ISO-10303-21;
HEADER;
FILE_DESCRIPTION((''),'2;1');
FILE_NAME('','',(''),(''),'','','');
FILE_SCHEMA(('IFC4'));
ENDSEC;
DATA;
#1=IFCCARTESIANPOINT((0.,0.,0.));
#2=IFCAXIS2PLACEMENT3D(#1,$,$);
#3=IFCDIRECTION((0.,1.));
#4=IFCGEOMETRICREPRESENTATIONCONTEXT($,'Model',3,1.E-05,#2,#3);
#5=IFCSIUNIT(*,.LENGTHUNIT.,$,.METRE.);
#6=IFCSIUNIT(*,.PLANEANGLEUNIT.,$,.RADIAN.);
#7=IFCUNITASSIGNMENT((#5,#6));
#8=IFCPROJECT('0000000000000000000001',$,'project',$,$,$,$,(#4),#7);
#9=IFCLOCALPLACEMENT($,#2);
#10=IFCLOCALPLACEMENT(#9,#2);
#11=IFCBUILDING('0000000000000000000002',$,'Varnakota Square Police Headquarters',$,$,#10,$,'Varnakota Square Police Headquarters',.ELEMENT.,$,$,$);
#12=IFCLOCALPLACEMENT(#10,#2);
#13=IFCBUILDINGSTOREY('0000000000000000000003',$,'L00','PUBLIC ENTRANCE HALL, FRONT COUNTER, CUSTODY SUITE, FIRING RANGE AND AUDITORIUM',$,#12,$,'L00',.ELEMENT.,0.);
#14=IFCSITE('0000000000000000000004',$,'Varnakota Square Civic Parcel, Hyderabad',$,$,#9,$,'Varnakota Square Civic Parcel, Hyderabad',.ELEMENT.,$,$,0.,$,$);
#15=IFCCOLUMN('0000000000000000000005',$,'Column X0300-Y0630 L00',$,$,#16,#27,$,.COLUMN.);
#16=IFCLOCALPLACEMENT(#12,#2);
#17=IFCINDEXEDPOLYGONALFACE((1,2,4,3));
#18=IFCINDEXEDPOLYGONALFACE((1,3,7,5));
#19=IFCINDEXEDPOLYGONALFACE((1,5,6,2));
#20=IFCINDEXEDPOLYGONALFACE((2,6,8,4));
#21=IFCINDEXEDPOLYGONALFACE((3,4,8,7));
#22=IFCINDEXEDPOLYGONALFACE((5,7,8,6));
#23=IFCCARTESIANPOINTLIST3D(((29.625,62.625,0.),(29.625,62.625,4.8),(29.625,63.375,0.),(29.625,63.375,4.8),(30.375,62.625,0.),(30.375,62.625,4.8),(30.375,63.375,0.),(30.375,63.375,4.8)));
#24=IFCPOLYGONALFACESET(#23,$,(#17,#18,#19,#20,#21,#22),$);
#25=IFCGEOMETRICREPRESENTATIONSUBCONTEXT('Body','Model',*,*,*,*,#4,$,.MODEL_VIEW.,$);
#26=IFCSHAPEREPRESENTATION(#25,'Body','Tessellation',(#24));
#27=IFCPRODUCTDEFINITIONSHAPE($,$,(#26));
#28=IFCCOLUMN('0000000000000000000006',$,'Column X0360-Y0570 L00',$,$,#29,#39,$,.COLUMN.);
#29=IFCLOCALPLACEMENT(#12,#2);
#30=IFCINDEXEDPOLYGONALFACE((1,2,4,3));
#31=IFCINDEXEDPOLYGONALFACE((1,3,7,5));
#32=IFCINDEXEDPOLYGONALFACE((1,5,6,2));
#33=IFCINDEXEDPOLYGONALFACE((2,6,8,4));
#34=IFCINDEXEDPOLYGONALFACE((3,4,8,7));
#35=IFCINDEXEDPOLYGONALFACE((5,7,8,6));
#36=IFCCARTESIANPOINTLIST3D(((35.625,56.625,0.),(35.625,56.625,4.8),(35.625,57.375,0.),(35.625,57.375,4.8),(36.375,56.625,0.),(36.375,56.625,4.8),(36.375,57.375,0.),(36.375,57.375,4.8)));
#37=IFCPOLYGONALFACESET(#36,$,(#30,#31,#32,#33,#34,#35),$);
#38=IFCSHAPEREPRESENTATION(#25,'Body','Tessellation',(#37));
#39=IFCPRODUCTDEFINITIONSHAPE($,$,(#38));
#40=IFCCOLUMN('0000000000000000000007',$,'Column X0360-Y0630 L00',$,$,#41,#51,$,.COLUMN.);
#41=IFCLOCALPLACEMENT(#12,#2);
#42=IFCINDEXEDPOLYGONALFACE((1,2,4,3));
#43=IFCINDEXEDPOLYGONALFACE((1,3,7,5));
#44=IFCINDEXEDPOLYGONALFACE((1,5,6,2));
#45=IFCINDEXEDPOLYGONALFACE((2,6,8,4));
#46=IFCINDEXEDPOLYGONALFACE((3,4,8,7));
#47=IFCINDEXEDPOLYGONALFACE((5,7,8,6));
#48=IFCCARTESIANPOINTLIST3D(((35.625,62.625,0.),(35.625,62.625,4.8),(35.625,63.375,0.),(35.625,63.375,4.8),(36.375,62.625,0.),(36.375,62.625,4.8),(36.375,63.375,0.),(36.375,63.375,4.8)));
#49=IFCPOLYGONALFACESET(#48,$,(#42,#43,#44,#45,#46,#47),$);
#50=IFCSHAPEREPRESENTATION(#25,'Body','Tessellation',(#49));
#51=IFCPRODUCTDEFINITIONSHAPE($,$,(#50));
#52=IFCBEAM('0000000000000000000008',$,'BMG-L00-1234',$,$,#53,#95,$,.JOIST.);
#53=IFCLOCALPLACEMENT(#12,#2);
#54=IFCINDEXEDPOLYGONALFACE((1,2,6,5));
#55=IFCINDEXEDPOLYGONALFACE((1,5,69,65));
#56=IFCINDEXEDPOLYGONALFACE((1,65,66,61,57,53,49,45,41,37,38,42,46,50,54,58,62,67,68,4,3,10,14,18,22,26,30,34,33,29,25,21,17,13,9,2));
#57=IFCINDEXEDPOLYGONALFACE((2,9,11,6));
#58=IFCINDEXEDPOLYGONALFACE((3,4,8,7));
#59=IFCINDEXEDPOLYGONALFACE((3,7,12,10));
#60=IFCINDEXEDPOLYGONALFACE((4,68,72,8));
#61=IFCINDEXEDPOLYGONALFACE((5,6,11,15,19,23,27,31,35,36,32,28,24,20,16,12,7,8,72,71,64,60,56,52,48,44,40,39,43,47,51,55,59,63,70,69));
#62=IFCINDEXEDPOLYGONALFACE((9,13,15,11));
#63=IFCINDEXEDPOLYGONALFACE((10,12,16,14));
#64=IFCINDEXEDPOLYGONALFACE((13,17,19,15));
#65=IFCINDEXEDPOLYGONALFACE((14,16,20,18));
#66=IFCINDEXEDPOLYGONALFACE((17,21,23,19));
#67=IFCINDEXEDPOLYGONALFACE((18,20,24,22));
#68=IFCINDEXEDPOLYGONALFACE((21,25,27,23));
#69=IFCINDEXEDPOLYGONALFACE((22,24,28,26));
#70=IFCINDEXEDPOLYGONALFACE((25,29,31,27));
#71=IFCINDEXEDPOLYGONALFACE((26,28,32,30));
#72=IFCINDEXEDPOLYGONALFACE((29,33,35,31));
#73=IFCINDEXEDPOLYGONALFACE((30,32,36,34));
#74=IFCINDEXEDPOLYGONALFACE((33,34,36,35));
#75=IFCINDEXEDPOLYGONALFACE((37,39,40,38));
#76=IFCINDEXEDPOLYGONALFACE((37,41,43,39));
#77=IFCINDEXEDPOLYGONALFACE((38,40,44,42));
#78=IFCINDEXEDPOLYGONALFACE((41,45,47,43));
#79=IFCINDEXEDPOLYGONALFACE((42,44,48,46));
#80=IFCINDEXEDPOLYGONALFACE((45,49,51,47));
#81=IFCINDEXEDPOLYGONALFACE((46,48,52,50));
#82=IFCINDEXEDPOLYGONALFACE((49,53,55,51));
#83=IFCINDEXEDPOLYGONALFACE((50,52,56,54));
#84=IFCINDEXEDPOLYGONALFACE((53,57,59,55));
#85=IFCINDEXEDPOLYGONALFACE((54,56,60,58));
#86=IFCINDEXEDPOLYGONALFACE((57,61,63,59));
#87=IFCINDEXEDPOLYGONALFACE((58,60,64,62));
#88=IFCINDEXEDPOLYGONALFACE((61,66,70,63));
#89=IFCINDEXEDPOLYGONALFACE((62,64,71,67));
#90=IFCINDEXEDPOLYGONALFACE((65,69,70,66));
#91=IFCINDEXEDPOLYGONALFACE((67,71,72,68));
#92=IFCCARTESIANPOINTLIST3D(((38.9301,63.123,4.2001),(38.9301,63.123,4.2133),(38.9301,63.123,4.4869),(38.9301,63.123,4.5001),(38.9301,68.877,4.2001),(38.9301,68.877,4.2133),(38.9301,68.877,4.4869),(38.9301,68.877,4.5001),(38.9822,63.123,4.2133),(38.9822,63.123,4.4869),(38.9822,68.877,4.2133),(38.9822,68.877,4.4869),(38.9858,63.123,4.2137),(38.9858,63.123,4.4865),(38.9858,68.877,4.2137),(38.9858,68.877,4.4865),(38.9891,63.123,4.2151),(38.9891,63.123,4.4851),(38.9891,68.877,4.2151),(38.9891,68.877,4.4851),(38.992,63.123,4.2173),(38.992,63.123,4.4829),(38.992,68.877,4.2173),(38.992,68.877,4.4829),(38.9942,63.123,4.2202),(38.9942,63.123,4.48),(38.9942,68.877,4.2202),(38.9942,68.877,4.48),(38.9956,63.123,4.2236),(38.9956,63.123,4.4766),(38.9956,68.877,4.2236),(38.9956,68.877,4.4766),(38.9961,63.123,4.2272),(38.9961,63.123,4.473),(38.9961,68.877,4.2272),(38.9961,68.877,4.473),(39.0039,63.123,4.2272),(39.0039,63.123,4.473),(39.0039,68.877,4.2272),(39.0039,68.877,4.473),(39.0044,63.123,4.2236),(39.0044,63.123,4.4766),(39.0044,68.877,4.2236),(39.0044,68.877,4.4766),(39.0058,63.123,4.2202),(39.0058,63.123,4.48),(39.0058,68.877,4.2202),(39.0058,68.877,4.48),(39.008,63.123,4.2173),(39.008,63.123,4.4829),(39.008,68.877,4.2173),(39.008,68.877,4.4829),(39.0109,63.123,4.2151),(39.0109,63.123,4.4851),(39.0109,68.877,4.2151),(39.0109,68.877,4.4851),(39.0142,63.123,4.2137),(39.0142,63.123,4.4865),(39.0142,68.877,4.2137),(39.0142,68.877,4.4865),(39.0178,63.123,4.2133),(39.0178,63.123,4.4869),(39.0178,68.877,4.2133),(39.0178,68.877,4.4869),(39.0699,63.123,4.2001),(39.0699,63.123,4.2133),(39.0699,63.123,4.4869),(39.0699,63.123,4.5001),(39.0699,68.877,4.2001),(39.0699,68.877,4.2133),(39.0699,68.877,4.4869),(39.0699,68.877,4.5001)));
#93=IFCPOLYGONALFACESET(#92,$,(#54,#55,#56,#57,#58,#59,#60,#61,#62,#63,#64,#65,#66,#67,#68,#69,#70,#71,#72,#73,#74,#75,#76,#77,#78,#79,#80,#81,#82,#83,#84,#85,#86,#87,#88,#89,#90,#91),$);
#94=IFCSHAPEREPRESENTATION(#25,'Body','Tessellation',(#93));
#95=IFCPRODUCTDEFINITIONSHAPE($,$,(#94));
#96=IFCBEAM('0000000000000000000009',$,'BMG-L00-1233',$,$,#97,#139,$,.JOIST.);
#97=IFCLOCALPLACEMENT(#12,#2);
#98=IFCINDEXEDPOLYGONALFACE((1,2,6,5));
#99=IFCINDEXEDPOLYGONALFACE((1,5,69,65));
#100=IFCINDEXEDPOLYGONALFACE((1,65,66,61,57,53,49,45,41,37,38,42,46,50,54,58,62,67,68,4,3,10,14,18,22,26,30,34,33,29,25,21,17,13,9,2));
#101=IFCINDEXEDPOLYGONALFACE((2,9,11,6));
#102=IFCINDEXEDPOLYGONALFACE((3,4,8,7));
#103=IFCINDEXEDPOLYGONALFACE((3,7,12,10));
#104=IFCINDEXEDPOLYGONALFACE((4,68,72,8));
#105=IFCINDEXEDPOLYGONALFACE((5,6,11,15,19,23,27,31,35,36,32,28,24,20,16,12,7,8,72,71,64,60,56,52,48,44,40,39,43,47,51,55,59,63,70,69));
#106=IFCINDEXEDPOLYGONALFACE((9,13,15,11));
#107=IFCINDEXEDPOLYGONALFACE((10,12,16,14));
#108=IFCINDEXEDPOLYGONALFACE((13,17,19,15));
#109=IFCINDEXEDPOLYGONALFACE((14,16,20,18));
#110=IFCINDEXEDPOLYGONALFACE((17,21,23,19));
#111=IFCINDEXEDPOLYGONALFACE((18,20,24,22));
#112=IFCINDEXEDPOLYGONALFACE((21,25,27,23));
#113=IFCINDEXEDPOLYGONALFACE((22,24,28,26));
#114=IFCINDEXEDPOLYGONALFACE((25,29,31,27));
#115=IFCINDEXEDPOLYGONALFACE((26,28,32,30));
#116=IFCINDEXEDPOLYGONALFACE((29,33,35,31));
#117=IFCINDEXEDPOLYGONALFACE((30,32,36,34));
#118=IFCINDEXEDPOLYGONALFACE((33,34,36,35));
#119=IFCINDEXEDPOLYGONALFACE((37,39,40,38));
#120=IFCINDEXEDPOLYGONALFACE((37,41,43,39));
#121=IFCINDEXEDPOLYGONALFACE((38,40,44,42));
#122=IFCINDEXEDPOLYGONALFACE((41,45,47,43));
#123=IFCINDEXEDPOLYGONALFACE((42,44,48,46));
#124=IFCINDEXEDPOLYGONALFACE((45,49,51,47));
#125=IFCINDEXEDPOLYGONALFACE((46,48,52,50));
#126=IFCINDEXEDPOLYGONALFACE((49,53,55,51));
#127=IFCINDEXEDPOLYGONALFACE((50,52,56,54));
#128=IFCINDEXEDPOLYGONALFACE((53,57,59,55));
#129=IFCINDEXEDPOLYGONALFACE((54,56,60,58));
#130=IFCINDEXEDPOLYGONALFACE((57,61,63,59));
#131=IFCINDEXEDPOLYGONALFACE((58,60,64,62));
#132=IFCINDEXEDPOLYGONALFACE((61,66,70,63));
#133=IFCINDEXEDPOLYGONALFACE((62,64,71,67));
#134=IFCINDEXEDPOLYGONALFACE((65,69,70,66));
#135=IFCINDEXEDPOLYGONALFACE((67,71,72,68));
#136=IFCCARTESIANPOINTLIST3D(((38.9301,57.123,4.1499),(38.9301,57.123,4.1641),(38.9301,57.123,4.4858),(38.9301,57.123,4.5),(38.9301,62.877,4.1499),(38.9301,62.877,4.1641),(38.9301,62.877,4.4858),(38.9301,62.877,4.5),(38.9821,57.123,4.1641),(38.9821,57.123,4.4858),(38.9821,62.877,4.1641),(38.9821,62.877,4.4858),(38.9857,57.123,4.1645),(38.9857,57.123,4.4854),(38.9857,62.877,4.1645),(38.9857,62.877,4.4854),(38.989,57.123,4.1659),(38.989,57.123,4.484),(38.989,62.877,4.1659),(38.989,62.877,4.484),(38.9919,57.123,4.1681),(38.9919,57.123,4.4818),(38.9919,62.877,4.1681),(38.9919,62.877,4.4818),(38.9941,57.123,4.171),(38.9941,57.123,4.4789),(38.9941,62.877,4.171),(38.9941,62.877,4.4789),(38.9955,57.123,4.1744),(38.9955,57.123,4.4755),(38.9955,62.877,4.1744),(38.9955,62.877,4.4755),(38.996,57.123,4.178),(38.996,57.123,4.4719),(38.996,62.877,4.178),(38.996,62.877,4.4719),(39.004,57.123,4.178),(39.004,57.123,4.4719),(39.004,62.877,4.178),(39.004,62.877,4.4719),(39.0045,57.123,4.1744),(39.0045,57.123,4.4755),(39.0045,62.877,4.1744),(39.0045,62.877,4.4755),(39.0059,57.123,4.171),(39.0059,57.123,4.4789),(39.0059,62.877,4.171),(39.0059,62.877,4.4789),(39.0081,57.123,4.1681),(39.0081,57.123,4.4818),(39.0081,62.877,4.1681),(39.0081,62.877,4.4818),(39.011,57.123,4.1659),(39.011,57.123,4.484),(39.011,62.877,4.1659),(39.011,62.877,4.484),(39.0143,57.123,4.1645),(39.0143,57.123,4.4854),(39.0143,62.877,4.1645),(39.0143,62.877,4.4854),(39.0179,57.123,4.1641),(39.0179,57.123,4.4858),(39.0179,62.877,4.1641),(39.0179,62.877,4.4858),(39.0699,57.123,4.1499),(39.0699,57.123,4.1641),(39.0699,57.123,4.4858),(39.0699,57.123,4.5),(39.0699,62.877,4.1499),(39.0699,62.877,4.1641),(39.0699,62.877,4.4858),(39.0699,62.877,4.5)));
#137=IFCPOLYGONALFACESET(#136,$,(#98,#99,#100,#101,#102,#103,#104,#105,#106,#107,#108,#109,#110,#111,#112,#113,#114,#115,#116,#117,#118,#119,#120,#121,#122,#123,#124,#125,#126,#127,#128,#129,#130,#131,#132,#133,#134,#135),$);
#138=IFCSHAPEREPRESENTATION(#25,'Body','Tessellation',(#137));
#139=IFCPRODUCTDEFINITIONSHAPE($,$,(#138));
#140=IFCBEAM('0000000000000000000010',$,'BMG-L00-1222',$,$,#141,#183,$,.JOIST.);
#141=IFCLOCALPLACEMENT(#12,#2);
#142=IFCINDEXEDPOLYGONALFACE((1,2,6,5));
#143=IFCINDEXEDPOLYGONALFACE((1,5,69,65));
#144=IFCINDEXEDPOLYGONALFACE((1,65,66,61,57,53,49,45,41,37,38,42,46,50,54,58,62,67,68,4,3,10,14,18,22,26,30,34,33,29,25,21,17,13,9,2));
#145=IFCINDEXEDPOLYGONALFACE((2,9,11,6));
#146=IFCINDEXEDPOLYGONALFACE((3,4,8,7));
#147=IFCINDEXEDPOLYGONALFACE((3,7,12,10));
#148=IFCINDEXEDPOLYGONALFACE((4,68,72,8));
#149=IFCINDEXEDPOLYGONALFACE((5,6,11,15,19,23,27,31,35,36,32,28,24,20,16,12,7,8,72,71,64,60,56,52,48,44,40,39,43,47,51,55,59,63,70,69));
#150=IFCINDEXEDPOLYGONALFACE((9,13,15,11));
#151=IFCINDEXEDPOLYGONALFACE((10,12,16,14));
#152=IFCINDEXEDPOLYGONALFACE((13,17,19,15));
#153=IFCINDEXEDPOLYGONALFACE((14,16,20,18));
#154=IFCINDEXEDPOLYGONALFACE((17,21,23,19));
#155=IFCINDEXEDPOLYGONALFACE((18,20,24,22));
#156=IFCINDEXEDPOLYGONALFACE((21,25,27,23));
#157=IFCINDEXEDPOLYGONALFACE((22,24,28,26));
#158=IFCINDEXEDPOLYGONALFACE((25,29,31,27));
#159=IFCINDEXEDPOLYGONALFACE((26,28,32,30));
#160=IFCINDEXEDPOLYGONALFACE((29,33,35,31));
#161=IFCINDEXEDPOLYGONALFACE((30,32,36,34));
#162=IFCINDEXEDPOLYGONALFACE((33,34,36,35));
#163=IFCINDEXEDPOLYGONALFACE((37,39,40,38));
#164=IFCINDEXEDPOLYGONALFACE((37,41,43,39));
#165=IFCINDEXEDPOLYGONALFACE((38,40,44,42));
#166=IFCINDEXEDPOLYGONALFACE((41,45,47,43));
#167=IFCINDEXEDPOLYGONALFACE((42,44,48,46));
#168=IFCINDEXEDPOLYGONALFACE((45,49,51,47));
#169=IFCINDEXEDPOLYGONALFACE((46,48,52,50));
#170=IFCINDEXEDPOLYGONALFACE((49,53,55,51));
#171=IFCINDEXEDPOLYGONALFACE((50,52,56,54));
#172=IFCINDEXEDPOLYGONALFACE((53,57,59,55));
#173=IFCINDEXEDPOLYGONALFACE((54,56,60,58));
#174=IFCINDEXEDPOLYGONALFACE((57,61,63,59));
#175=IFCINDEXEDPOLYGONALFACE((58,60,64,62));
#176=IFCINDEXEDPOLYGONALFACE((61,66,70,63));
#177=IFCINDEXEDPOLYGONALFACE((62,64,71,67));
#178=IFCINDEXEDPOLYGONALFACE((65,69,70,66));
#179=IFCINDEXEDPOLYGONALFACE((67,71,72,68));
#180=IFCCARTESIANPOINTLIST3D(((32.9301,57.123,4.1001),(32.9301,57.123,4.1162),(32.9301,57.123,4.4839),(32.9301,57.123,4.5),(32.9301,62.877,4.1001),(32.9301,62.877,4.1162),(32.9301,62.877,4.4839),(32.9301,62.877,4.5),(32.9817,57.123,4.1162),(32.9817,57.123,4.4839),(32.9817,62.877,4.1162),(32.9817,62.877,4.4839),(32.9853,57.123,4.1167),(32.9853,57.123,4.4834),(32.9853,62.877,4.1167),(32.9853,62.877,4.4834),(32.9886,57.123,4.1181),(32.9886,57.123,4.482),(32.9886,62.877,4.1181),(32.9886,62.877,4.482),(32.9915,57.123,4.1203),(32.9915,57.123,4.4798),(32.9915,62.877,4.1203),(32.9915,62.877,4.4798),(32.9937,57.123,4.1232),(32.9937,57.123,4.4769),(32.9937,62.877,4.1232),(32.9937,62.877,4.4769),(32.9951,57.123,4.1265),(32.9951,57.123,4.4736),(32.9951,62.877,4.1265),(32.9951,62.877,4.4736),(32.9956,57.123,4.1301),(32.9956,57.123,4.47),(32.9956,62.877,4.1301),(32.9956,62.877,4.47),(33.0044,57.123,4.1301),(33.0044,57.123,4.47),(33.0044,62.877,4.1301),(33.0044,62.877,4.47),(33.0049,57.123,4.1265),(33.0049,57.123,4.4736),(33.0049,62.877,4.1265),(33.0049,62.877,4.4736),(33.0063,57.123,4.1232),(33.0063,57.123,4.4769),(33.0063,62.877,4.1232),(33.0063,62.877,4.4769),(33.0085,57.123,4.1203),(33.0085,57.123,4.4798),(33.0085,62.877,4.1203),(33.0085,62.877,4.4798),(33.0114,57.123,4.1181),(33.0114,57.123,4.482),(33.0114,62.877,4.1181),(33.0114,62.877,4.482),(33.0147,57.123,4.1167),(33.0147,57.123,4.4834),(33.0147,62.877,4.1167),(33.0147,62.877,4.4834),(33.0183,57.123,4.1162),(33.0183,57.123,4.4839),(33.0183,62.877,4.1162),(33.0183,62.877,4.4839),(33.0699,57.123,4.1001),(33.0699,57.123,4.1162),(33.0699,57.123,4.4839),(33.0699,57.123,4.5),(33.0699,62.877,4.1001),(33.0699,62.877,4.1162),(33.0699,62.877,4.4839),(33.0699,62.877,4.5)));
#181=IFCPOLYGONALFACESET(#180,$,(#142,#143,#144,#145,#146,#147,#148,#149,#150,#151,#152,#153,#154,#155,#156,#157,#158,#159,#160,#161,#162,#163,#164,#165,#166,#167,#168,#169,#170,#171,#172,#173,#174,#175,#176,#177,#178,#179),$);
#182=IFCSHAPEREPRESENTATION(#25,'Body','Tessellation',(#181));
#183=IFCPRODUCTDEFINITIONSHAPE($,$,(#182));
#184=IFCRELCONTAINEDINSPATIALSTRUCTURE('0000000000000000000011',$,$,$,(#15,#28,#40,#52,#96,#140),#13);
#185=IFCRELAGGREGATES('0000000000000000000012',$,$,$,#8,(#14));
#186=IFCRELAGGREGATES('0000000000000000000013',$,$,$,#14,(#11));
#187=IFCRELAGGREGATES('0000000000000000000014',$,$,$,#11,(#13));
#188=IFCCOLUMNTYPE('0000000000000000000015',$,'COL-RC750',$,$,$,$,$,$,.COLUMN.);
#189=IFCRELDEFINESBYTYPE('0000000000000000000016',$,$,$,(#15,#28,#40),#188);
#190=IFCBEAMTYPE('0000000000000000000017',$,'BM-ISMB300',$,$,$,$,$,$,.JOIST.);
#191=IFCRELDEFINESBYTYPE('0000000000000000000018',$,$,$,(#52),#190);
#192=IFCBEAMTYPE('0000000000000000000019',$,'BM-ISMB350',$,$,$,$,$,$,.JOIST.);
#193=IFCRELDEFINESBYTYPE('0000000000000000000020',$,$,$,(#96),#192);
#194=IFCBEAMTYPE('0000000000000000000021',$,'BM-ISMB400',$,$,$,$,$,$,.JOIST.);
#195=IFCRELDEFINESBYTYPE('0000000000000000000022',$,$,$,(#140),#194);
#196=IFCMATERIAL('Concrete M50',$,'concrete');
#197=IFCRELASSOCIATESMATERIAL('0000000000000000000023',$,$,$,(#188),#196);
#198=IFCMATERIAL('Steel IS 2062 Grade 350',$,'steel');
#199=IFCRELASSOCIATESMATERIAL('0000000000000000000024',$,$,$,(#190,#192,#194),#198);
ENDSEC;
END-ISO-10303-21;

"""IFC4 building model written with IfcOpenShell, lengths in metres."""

from ifc_helpers import new_model, si_unit, direction, frame, origin, origin_2d, place, context, subcontext, project, spatial, rectangle, i_section, extrude, material, material_profile, profile_set, type_object, element, save


model = new_model("IFC4")

# Units and contexts
model_context = context("Model", 3, precision=1e-05, world=origin(), true_north=direction((0.0, 1.0)))
body_context = subcontext(model_context, "Body", "Model", "MODEL_VIEW")
ifc_project = project(units=[si_unit("LENGTHUNIT", "METRE"), si_unit("PLANEANGLEUNIT", "RADIAN")], contexts=[model_context])

# Site, building, storey
site_placement = place(None, origin())
site = spatial("IfcSite", under=ifc_project, at=site_placement, Name="Varnakota Square Civic Parcel, Hyderabad", LongName="Varnakota Square Civic Parcel, Hyderabad", CompositionType="ELEMENT", RefElevation=0.0)
building_placement = place(site_placement, origin())
building = spatial("IfcBuilding", under=site, at=building_placement, Name="Varnakota Square Police Headquarters", LongName="Varnakota Square Police Headquarters", CompositionType="ELEMENT")
storey_placement = place(building_placement, origin())
storey = spatial("IfcBuildingStorey", under=building, at=storey_placement, Name="L00", Description="PUBLIC ENTRANCE HALL, FRONT COUNTER, CUSTODY SUITE, FIRING RANGE AND AUDITORIUM", LongName="L00", CompositionType="ELEMENT", Elevation=0.0)

# Columns
ifc_material_1 = material(Name="Concrete M50", Category="concrete")
ifc_material_profile_1 = material_profile(ifc_material_1, rectangle(XDim=0.75, YDim=0.75, at=origin_2d()), Name="RC 750x750")
ifc_profile_set_1 = profile_set([ifc_material_profile_1], Name="Concrete M50")
column_type = type_object("IfcColumnType", Name="COL-RC750", PredefinedType="COLUMN", material=ifc_profile_set_1)
for number, where, z_axis, x_axis, name in (
    (1, (30.0, 63.0, 0.0), (0.0, 0.0, 1.0), (1.0, 0.0, 0.0), "Column X0300-Y0630 L00"),
    (2, (36.0, 57.0, 0.0), (0.0, 0.0, 1.0), (1.0, 0.0, 0.0), "Column X0360-Y0570 L00"),
    (3, (36.0, 63.0, 0.0), (0.0, 0.0, 1.0), (1.0, 0.0, 0.0), "Column X0360-Y0630 L00"),
):
    element("IfcColumn", number, at=place(storey_placement, frame(where, z_axis=z_axis, x_axis=x_axis)), inside=storey, type_object=column_type, Name=name, PredefinedType="COLUMN", context=body_context, shape_type="SweptSolid", body=[
        extrude(rectangle(XDim=0.75, YDim=0.75, at=origin_2d()), origin(), (0.0, 0.0, 1.0), 4.8),
    ])

# Beams
ifc_material_2 = material(Name="Steel IS 2062 Grade 350", Category="steel")
ifc_material_profile_2 = material_profile(ifc_material_2, i_section(OverallWidth=0.1399, OverallDepth=0.3, WebThickness=0.0078, FlangeThickness=0.0132, FilletRadius=0.0139, at=origin_2d()), Name="ISMB 300")
ifc_profile_set_2 = profile_set([ifc_material_profile_2], Name="Steel IS 2062 Grade 350")
beam_type_1 = type_object("IfcBeamType", Name="BM-ISMB300", PredefinedType="JOIST", material=ifc_profile_set_2)
beam_1_placement = place(storey_placement, frame((39.0, 63.123, 4.3501), z_axis=(0.0, 1.0, 0.0), x_axis=(-1.0, 0.0, 0.0)))
element("IfcBeam", 4, at=beam_1_placement, inside=storey, type_object=beam_type_1, Name="BMG-L00-1234", PredefinedType="JOIST", context=body_context, shape_type="SweptSolid", body=[
    extrude(i_section(OverallWidth=0.1399, OverallDepth=0.3, WebThickness=0.0078, FlangeThickness=0.0132, FilletRadius=0.0139, at=origin_2d()), origin(), (0.0, 0.0, 1.0), 5.7539),
])
ifc_material_profile_3 = material_profile(ifc_material_2, i_section(OverallWidth=0.1399, OverallDepth=0.3501, WebThickness=0.0081, FlangeThickness=0.0142, FilletRadius=0.0139, at=origin_2d()), Name="ISMB 350")
ifc_profile_set_3 = profile_set([ifc_material_profile_3], Name="Steel IS 2062 Grade 350")
beam_type_2 = type_object("IfcBeamType", Name="BM-ISMB350", PredefinedType="JOIST", material=ifc_profile_set_3)
beam_2_placement = place(storey_placement, frame((39.0, 57.123, 4.325), z_axis=(0.0, 1.0, 0.0), x_axis=(-1.0, 0.0, 0.0)))
element("IfcBeam", 5, at=beam_2_placement, inside=storey, type_object=beam_type_2, Name="BMG-L00-1233", PredefinedType="JOIST", context=body_context, shape_type="SweptSolid", body=[
    extrude(i_section(OverallWidth=0.1399, OverallDepth=0.3501, WebThickness=0.0081, FlangeThickness=0.0142, FilletRadius=0.0139, at=origin_2d()), origin(), (0.0, 0.0, 1.0), 5.7539),
])
ifc_material_profile_4 = material_profile(ifc_material_2, i_section(OverallWidth=0.1399, OverallDepth=0.3999, WebThickness=0.0088, FlangeThickness=0.0161, FilletRadius=0.0139, at=origin_2d()), Name="ISMB 400")
ifc_profile_set_4 = profile_set([ifc_material_profile_4], Name="Steel IS 2062 Grade 350")
beam_type_3 = type_object("IfcBeamType", Name="BM-ISMB400", PredefinedType="JOIST", material=ifc_profile_set_4)
beam_3_placement = place(storey_placement, frame((33.0, 57.123, 4.3), z_axis=(0.0, 1.0, 0.0), x_axis=(-1.0, 0.0, 0.0)))
element("IfcBeam", 6, at=beam_3_placement, inside=storey, type_object=beam_type_3, Name="BMG-L00-1222", PredefinedType="JOIST", context=body_context, shape_type="SweptSolid", body=[
    extrude(i_section(OverallWidth=0.1399, OverallDepth=0.3999, WebThickness=0.0088, FlangeThickness=0.0161, FilletRadius=0.0139, at=origin_2d()), origin(), (0.0, 0.0, 1.0), 5.7539),
])

save(model, "model.ifc")
